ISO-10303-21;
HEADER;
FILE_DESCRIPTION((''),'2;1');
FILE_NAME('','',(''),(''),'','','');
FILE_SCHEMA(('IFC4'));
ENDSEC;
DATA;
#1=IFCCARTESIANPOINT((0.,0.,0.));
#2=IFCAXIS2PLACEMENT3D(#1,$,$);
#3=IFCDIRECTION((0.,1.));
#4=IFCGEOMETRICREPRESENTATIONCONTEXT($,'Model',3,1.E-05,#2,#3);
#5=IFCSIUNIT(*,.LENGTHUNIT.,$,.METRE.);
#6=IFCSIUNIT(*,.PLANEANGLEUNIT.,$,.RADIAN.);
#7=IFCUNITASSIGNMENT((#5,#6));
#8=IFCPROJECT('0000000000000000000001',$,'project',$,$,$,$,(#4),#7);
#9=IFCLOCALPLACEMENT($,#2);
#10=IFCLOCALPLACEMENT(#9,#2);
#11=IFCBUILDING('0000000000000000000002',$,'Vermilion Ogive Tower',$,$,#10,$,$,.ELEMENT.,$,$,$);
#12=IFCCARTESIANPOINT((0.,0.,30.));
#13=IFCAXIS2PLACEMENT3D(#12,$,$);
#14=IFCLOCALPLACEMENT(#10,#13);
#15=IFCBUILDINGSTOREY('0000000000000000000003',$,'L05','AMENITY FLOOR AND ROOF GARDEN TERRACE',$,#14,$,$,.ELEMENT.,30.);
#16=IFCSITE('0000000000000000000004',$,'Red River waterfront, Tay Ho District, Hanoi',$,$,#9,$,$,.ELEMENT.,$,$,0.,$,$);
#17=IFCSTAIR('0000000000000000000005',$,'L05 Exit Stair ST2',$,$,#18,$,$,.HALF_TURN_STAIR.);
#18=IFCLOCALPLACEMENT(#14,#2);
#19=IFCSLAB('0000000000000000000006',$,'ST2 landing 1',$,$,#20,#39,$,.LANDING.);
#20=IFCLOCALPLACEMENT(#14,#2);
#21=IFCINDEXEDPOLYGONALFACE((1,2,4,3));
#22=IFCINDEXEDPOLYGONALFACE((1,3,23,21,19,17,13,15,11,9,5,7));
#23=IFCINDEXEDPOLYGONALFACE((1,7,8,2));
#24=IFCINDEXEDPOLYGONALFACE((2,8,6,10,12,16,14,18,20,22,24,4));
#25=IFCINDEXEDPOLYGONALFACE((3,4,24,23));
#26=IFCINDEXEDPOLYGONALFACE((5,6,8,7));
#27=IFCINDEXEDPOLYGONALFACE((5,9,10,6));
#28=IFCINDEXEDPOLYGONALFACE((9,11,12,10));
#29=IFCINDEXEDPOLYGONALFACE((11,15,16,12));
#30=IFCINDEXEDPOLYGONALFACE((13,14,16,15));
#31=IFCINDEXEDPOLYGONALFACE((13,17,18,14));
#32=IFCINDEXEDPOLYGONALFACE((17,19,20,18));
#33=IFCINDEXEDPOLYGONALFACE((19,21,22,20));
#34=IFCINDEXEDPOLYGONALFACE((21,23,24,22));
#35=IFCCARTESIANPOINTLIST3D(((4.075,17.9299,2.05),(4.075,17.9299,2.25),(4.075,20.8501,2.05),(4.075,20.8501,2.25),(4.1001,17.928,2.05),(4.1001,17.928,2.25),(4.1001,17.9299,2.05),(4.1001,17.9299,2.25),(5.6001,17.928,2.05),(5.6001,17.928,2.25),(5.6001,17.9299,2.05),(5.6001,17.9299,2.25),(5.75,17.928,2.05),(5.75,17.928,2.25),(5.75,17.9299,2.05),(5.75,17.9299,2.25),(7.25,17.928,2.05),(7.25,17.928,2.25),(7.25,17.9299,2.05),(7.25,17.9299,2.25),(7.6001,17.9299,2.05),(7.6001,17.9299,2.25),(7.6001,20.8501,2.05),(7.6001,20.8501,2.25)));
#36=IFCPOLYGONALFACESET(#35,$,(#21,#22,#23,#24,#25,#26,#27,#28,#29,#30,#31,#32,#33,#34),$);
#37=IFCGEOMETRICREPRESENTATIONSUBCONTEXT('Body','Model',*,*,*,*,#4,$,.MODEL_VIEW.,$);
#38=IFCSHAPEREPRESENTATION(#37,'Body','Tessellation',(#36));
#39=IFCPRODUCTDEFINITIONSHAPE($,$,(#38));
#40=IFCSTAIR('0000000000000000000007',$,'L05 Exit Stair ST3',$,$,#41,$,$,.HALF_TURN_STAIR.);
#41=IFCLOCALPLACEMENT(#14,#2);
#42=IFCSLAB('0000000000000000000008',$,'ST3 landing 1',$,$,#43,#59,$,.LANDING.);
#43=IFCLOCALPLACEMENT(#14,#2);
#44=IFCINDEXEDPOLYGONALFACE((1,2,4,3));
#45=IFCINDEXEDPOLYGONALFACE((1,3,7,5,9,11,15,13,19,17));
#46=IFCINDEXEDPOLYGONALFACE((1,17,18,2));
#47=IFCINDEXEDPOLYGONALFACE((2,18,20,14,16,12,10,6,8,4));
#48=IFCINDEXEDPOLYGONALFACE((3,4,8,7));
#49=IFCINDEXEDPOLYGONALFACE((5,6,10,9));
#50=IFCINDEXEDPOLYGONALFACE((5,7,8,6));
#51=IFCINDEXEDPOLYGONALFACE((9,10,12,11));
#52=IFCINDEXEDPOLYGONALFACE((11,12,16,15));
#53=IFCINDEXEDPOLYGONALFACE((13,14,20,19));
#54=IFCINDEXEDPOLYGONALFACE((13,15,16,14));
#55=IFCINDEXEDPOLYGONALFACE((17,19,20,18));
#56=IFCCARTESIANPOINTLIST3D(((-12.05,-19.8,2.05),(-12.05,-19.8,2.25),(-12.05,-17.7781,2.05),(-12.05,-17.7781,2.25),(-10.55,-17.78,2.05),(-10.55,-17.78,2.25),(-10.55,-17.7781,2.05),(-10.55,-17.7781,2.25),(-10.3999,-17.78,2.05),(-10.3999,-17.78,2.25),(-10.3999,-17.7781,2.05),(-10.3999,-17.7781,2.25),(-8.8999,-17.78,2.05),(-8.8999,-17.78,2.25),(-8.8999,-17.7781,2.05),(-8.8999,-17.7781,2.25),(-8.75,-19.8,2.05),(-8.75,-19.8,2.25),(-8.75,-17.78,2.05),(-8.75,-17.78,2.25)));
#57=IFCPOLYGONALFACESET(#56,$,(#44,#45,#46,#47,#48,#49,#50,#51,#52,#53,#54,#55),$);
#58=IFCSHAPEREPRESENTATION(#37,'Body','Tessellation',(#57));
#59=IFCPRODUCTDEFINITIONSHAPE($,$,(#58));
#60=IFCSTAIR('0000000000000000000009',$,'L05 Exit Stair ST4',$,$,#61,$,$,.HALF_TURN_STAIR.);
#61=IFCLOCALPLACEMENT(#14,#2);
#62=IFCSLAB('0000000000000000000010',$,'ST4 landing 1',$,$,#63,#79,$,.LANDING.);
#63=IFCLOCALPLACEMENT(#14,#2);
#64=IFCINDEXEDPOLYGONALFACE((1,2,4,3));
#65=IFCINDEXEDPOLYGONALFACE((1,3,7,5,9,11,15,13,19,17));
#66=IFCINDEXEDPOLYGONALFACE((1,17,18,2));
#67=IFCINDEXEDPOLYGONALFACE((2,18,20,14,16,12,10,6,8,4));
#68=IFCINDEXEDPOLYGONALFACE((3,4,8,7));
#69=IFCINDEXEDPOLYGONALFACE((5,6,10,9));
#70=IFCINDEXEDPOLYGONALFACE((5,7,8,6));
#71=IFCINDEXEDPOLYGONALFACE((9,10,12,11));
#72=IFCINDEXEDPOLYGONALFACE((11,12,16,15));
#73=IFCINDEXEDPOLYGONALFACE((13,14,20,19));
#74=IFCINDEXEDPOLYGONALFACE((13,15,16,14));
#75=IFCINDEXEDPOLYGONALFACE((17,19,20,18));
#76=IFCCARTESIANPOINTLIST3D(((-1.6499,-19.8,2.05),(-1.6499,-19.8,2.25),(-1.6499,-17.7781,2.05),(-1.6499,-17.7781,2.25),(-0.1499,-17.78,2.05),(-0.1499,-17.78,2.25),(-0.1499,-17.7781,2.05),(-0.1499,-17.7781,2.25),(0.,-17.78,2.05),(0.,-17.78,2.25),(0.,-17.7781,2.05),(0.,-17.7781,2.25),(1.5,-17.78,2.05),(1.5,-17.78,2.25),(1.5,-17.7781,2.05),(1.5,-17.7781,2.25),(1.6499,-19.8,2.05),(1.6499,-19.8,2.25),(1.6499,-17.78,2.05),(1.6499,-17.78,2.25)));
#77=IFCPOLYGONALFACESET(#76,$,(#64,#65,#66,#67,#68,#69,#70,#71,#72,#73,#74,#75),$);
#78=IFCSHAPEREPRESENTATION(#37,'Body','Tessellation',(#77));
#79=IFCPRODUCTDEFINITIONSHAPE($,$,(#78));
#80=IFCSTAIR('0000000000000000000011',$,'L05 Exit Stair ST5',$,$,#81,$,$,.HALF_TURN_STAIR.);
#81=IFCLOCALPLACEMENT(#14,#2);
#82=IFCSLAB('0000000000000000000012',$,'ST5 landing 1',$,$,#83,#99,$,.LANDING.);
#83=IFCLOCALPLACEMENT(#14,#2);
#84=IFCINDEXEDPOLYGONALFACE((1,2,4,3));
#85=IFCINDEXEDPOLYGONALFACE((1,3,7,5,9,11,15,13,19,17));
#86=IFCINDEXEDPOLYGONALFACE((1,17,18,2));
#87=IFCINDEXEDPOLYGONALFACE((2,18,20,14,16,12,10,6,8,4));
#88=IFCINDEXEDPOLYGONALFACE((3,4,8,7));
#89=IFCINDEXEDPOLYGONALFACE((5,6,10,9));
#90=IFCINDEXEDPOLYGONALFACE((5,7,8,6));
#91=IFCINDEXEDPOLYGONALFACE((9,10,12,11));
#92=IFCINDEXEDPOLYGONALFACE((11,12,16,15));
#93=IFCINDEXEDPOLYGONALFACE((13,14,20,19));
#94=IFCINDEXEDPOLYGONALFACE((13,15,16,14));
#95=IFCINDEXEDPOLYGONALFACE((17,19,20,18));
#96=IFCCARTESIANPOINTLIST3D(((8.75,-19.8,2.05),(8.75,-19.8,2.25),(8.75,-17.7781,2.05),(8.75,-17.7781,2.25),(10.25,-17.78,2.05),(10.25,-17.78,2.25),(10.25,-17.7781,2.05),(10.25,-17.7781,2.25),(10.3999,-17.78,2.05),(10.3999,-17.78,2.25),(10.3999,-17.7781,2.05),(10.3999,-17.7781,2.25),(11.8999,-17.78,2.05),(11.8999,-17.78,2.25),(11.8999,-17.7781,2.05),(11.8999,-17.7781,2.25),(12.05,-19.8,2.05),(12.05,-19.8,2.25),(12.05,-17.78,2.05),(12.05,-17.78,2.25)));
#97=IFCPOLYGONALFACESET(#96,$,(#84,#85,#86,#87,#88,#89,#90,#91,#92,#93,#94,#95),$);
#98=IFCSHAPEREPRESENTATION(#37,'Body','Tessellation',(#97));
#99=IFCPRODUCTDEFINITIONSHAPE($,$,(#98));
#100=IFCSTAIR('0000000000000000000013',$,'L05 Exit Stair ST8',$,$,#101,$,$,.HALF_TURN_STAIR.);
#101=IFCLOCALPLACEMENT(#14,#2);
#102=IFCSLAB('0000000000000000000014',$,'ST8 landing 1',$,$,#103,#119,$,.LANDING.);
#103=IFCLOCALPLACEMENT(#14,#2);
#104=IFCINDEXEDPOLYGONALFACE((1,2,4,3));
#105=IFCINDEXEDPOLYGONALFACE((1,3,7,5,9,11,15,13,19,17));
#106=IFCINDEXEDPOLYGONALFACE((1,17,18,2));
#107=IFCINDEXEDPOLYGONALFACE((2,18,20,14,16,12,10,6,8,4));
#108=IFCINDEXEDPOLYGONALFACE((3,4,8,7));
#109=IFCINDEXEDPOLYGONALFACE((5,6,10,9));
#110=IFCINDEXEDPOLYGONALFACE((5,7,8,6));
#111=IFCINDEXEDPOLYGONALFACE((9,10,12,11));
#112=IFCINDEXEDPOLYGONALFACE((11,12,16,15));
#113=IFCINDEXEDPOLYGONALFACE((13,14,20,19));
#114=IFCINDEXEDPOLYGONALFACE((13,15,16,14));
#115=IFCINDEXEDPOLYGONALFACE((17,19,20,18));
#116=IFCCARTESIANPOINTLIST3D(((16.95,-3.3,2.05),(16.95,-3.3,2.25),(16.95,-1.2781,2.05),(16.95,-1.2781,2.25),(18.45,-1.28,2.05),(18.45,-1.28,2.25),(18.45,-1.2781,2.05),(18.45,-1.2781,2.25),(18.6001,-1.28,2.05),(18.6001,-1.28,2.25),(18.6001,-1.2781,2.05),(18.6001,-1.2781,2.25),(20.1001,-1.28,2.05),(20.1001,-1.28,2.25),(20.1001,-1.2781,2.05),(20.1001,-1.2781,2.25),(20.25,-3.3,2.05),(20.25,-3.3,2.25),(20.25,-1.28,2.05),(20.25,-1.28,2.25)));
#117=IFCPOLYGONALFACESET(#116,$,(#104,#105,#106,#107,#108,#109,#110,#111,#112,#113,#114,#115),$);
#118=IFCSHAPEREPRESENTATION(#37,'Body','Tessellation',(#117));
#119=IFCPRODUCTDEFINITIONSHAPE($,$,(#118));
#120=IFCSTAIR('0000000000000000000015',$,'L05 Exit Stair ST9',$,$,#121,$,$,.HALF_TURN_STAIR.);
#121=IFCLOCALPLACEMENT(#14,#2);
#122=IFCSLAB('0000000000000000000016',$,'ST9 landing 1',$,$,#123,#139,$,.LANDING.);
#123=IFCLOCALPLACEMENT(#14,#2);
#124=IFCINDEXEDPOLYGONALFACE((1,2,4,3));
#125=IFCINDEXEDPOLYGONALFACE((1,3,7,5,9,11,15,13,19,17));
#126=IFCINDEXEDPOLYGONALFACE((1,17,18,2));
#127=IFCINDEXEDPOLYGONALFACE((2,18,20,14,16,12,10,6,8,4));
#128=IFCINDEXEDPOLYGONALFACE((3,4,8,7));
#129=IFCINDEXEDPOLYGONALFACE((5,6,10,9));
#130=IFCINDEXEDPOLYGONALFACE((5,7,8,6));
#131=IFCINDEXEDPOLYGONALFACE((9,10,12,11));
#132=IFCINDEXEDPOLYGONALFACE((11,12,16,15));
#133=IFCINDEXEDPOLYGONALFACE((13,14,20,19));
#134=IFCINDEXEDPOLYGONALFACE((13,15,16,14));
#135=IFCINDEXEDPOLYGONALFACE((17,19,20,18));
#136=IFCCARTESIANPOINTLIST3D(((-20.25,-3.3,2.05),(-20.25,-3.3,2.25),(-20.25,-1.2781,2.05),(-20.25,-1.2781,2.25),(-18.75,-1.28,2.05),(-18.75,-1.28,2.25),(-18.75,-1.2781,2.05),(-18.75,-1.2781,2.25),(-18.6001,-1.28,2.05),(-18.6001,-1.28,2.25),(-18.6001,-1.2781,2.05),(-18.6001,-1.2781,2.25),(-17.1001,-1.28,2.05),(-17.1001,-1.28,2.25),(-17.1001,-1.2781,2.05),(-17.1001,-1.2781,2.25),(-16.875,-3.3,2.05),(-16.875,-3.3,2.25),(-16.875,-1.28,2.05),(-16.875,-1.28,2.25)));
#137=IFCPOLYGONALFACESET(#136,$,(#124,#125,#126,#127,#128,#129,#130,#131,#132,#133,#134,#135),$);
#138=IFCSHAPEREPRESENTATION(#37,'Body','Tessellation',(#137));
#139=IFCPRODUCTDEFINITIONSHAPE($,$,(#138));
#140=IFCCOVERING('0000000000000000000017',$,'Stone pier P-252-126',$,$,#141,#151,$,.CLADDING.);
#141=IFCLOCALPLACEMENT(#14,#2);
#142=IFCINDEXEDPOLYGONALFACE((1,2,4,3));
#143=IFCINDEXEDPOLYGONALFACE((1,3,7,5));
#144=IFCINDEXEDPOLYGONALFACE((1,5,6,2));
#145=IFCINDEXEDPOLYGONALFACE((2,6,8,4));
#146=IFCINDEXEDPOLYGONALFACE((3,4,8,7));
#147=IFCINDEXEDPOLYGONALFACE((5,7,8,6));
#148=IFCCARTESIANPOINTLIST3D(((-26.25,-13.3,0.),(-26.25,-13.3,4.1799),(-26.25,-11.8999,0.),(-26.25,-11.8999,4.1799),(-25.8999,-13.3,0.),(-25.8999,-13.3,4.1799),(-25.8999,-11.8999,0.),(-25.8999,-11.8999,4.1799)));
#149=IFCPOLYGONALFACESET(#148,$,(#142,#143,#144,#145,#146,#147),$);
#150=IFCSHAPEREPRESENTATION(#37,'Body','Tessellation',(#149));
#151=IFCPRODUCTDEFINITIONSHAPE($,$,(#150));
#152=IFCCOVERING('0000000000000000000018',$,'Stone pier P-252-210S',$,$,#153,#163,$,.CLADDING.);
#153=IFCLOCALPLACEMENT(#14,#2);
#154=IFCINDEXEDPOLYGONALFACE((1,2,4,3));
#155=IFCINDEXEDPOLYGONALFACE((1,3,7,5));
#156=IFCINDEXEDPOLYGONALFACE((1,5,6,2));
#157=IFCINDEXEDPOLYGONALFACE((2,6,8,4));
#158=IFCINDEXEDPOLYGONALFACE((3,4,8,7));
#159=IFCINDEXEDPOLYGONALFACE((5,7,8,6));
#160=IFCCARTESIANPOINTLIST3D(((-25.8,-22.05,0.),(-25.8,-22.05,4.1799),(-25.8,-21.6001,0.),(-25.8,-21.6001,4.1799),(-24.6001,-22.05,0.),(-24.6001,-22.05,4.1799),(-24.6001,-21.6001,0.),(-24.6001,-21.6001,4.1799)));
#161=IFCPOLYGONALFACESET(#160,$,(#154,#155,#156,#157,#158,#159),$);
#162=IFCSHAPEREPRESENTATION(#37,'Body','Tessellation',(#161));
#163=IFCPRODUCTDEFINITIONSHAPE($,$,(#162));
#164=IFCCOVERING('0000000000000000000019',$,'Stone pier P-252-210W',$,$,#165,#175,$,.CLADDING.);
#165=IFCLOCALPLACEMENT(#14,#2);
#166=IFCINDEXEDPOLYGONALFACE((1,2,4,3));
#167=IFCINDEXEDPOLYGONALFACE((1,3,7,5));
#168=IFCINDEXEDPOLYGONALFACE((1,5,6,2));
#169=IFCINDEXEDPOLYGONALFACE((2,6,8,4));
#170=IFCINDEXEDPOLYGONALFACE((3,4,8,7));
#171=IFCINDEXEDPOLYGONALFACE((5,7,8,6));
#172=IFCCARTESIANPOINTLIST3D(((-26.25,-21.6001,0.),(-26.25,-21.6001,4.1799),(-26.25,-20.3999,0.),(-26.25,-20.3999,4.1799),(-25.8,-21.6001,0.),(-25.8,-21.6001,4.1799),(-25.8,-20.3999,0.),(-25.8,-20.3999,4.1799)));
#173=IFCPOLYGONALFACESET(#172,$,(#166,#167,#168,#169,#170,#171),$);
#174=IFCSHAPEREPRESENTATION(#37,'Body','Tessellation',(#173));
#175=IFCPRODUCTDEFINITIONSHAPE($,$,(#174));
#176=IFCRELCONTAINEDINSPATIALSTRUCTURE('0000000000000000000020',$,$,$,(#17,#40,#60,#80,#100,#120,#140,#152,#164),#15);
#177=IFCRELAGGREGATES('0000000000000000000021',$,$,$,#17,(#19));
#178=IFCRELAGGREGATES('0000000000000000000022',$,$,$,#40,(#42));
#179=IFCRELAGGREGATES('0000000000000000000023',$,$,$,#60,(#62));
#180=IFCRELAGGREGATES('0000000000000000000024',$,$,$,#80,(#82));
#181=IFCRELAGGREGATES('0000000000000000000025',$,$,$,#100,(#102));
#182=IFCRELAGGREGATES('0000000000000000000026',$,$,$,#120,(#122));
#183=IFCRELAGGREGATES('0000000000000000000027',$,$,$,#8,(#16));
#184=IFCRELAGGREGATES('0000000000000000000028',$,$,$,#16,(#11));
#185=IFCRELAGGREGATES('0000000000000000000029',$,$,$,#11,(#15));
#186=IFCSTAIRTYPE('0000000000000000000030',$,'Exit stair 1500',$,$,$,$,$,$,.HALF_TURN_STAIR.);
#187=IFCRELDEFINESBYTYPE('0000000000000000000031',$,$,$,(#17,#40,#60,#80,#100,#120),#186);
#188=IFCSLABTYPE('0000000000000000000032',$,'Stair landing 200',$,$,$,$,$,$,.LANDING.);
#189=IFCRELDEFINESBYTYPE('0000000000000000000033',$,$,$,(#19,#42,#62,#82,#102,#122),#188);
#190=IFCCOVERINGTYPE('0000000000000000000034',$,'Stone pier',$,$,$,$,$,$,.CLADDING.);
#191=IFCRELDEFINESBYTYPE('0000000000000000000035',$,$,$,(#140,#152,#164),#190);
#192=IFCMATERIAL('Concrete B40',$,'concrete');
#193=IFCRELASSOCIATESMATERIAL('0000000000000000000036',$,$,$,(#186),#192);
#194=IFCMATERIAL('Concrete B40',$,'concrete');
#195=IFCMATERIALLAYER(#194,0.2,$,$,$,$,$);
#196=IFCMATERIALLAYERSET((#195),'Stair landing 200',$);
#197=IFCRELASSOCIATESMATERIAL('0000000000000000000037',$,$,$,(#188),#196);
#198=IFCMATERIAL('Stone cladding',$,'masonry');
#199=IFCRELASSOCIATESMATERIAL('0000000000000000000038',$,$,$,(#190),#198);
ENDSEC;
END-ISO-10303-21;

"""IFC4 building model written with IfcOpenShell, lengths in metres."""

from ifc_helpers import new_model, si_unit, direction, frame, origin, place, context, subcontext, project, spatial, polyline, outline, extrude, material, layer, layer_set, type_object, element, aggregate, save


model = new_model("IFC4")

# Units and contexts
model_context = context("Model", 3, precision=1e-05, world=origin(), true_north=direction((0.0, 1.0)))
body_context = subcontext(model_context, "Body", "Model", "MODEL_VIEW")
ifc_project = project(units=[si_unit("LENGTHUNIT", "METRE"), si_unit("PLANEANGLEUNIT", "RADIAN")], contexts=[model_context])

# Site, building, storey
site_placement = place(None, origin())
site = spatial("IfcSite", under=ifc_project, at=site_placement, Name="Red River waterfront, Tay Ho District, Hanoi", CompositionType="ELEMENT", RefElevation=0.0)
building_placement = place(site_placement, origin())
building = spatial("IfcBuilding", under=site, at=building_placement, Name="Vermilion Ogive Tower", CompositionType="ELEMENT")
storey_placement = place(building_placement, frame((0.0, 0.0, 30.0)))
storey = spatial("IfcBuildingStorey", under=building, at=storey_placement, Name="L05", Description="AMENITY FLOOR AND ROOF GARDEN TERRACE", CompositionType="ELEMENT", Elevation=30.0)

# Stairs, slabs
ifc_material_1 = material(Name="Concrete B40", Category="concrete")
stair_type = type_object("IfcStairType", Name="Exit stair 1500", PredefinedType="HALF_TURN_STAIR", material=ifc_material_1)
ifc_material_2 = material(Name="Concrete B40", Category="concrete")
ifc_layer_1 = layer(ifc_material_2, 0.2)
ifc_layer_set_1 = layer_set([ifc_layer_1], Name="Stair landing 200")
slab_type_1 = type_object("IfcSlabType", Name="Stair landing 200", PredefinedType="LANDING", material=ifc_layer_set_1)
stair_1_placement = place(storey_placement, origin())
stair_1 = element("IfcStair", 1, at=stair_1_placement, inside=storey, type_object=stair_type, Name="L05 Exit Stair ST2", PredefinedType="HALF_TURN_STAIR")
slab_1_placement = place(storey_placement, frame((0.0, 0.0, 2.05)))
slab_1 = element("IfcSlab", 2, at=slab_1_placement, type_object=slab_type_1, Name="ST2 landing 1", PredefinedType="LANDING", context=body_context, shape_type="SweptSolid", body=[
    extrude(outline(polyline([(5.6001, 17.9299), (5.75, 17.9299), (5.75, 17.928), (7.25, 17.928), (7.25, 17.9299), (7.6001, 17.9299), (7.6001, 20.8501), (4.075, 20.8501), (4.075, 17.9299), (4.1001, 17.9299), (4.1001, 17.928), (5.6001, 17.928), (5.6001, 17.9299)])), origin(), (0.0, 0.0, 1.0), 0.2),
])
aggregate(stair_1, [slab_1])
stair_2_placement = place(storey_placement, origin())
stair_2 = element("IfcStair", 3, at=stair_2_placement, inside=storey, type_object=stair_type, Name="L05 Exit Stair ST3", PredefinedType="HALF_TURN_STAIR")
slab_2_placement = place(storey_placement, frame((0.0, 0.0, 2.05)))
slab_2 = element("IfcSlab", 4, at=slab_2_placement, type_object=slab_type_1, Name="ST3 landing 1", PredefinedType="LANDING", context=body_context, shape_type="SweptSolid", body=[
    extrude(outline(polyline([(-8.75, -17.78), (-8.8999, -17.78), (-8.8999, -17.7781), (-10.3999, -17.7781), (-10.3999, -17.78), (-10.55, -17.78), (-10.55, -17.7781), (-12.05, -17.7781), (-12.05, -19.8), (-8.75, -19.8), (-8.75, -17.78)])), origin(), (0.0, 0.0, 1.0), 0.2),
])
aggregate(stair_2, [slab_2])
stair_3_placement = place(storey_placement, origin())
stair_3 = element("IfcStair", 5, at=stair_3_placement, inside=storey, type_object=stair_type, Name="L05 Exit Stair ST4", PredefinedType="HALF_TURN_STAIR")
slab_3_placement = place(storey_placement, frame((0.0, 0.0, 2.05)))
slab_3 = element("IfcSlab", 6, at=slab_3_placement, type_object=slab_type_1, Name="ST4 landing 1", PredefinedType="LANDING", context=body_context, shape_type="SweptSolid", body=[
    extrude(outline(polyline([(1.6499, -17.78), (1.5, -17.78), (1.5, -17.7781), (0.0, -17.7781), (0.0, -17.78), (-0.1499, -17.78), (-0.1499, -17.7781), (-1.6499, -17.7781), (-1.6499, -19.8), (1.6499, -19.8), (1.6499, -17.78)])), origin(), (0.0, 0.0, 1.0), 0.2),
])
aggregate(stair_3, [slab_3])
stair_4_placement = place(storey_placement, origin())
stair_4 = element("IfcStair", 7, at=stair_4_placement, inside=storey, type_object=stair_type, Name="L05 Exit Stair ST5", PredefinedType="HALF_TURN_STAIR")
slab_4_placement = place(storey_placement, frame((0.0, 0.0, 2.05)))
slab_4 = element("IfcSlab", 8, at=slab_4_placement, type_object=slab_type_1, Name="ST5 landing 1", PredefinedType="LANDING", context=body_context, shape_type="SweptSolid", body=[
    extrude(outline(polyline([(12.05, -17.78), (11.8999, -17.78), (11.8999, -17.7781), (10.3999, -17.7781), (10.3999, -17.78), (10.25, -17.78), (10.25, -17.7781), (8.75, -17.7781), (8.75, -19.8), (12.05, -19.8), (12.05, -17.78)])), origin(), (0.0, 0.0, 1.0), 0.2),
])
aggregate(stair_4, [slab_4])
stair_5_placement = place(storey_placement, origin())
stair_5 = element("IfcStair", 9, at=stair_5_placement, inside=storey, type_object=stair_type, Name="L05 Exit Stair ST8", PredefinedType="HALF_TURN_STAIR")
slab_5_placement = place(storey_placement, frame((0.0, 0.0, 2.05)))
slab_5 = element("IfcSlab", 10, at=slab_5_placement, type_object=slab_type_1, Name="ST8 landing 1", PredefinedType="LANDING", context=body_context, shape_type="SweptSolid", body=[
    extrude(outline(polyline([(20.25, -1.28), (20.1001, -1.28), (20.1001, -1.2781), (18.6001, -1.2781), (18.6001, -1.28), (18.45, -1.28), (18.45, -1.2781), (16.95, -1.2781), (16.95, -3.3), (20.25, -3.3), (20.25, -1.28)])), origin(), (0.0, 0.0, 1.0), 0.2),
])
aggregate(stair_5, [slab_5])
stair_6_placement = place(storey_placement, origin())
stair_6 = element("IfcStair", 11, at=stair_6_placement, inside=storey, type_object=stair_type, Name="L05 Exit Stair ST9", PredefinedType="HALF_TURN_STAIR")
slab_6_placement = place(storey_placement, frame((0.0, 0.0, 2.05)))
slab_6 = element("IfcSlab", 12, at=slab_6_placement, type_object=slab_type_1, Name="ST9 landing 1", PredefinedType="LANDING", context=body_context, shape_type="SweptSolid", body=[
    extrude(outline(polyline([(-16.875, -1.28), (-17.1001, -1.28), (-17.1001, -1.2781), (-18.6001, -1.2781), (-18.6001, -1.28), (-18.75, -1.28), (-18.75, -1.2781), (-20.25, -1.2781), (-20.25, -3.3), (-16.875, -3.3), (-16.875, -1.28)])), origin(), (0.0, 0.0, 1.0), 0.2),
])
aggregate(stair_6, [slab_6])

# Coverings
ifc_material_3 = material(Name="Stone cladding", Category="masonry")
covering_type = type_object("IfcCoveringType", Name="Stone pier", PredefinedType="CLADDING", material=ifc_material_3)
covering_1_placement = place(storey_placement, origin())
element("IfcCovering", 13, at=covering_1_placement, inside=storey, type_object=covering_type, Name="Stone pier P-252-126", PredefinedType="CLADDING", context=body_context, shape_type="SweptSolid", body=[
    extrude(outline(polyline([(-25.8999, -13.3), (-25.8999, -13.3), (-26.25, -13.3), (-26.25, -11.8999), (-25.8999, -11.8999), (-25.8999, -11.8999), (-25.8999, -13.3)])), origin(), (0.0, 0.0, 1.0), 4.1799),
])
covering_2_placement = place(storey_placement, origin())
element("IfcCovering", 14, at=covering_2_placement, inside=storey, type_object=covering_type, Name="Stone pier P-252-210S", PredefinedType="CLADDING", context=body_context, shape_type="SweptSolid", body=[
    extrude(outline(polyline([(-24.6001, -22.05), (-25.8, -22.05), (-25.8, -21.6001), (-24.6001, -21.6001), (-24.6001, -22.05)])), origin(), (0.0, 0.0, 1.0), 4.1799),
])
covering_3_placement = place(storey_placement, origin())
element("IfcCovering", 15, at=covering_3_placement, inside=storey, type_object=covering_type, Name="Stone pier P-252-210W", PredefinedType="CLADDING", context=body_context, shape_type="SweptSolid", body=[
    extrude(outline(polyline([(-26.25, -20.3999), (-25.8, -20.3999), (-25.8, -21.6001), (-26.25, -21.6001), (-26.25, -20.3999)])), origin(), (0.0, 0.0, 1.0), 4.1799),
])

save(model, "model.ifc")
